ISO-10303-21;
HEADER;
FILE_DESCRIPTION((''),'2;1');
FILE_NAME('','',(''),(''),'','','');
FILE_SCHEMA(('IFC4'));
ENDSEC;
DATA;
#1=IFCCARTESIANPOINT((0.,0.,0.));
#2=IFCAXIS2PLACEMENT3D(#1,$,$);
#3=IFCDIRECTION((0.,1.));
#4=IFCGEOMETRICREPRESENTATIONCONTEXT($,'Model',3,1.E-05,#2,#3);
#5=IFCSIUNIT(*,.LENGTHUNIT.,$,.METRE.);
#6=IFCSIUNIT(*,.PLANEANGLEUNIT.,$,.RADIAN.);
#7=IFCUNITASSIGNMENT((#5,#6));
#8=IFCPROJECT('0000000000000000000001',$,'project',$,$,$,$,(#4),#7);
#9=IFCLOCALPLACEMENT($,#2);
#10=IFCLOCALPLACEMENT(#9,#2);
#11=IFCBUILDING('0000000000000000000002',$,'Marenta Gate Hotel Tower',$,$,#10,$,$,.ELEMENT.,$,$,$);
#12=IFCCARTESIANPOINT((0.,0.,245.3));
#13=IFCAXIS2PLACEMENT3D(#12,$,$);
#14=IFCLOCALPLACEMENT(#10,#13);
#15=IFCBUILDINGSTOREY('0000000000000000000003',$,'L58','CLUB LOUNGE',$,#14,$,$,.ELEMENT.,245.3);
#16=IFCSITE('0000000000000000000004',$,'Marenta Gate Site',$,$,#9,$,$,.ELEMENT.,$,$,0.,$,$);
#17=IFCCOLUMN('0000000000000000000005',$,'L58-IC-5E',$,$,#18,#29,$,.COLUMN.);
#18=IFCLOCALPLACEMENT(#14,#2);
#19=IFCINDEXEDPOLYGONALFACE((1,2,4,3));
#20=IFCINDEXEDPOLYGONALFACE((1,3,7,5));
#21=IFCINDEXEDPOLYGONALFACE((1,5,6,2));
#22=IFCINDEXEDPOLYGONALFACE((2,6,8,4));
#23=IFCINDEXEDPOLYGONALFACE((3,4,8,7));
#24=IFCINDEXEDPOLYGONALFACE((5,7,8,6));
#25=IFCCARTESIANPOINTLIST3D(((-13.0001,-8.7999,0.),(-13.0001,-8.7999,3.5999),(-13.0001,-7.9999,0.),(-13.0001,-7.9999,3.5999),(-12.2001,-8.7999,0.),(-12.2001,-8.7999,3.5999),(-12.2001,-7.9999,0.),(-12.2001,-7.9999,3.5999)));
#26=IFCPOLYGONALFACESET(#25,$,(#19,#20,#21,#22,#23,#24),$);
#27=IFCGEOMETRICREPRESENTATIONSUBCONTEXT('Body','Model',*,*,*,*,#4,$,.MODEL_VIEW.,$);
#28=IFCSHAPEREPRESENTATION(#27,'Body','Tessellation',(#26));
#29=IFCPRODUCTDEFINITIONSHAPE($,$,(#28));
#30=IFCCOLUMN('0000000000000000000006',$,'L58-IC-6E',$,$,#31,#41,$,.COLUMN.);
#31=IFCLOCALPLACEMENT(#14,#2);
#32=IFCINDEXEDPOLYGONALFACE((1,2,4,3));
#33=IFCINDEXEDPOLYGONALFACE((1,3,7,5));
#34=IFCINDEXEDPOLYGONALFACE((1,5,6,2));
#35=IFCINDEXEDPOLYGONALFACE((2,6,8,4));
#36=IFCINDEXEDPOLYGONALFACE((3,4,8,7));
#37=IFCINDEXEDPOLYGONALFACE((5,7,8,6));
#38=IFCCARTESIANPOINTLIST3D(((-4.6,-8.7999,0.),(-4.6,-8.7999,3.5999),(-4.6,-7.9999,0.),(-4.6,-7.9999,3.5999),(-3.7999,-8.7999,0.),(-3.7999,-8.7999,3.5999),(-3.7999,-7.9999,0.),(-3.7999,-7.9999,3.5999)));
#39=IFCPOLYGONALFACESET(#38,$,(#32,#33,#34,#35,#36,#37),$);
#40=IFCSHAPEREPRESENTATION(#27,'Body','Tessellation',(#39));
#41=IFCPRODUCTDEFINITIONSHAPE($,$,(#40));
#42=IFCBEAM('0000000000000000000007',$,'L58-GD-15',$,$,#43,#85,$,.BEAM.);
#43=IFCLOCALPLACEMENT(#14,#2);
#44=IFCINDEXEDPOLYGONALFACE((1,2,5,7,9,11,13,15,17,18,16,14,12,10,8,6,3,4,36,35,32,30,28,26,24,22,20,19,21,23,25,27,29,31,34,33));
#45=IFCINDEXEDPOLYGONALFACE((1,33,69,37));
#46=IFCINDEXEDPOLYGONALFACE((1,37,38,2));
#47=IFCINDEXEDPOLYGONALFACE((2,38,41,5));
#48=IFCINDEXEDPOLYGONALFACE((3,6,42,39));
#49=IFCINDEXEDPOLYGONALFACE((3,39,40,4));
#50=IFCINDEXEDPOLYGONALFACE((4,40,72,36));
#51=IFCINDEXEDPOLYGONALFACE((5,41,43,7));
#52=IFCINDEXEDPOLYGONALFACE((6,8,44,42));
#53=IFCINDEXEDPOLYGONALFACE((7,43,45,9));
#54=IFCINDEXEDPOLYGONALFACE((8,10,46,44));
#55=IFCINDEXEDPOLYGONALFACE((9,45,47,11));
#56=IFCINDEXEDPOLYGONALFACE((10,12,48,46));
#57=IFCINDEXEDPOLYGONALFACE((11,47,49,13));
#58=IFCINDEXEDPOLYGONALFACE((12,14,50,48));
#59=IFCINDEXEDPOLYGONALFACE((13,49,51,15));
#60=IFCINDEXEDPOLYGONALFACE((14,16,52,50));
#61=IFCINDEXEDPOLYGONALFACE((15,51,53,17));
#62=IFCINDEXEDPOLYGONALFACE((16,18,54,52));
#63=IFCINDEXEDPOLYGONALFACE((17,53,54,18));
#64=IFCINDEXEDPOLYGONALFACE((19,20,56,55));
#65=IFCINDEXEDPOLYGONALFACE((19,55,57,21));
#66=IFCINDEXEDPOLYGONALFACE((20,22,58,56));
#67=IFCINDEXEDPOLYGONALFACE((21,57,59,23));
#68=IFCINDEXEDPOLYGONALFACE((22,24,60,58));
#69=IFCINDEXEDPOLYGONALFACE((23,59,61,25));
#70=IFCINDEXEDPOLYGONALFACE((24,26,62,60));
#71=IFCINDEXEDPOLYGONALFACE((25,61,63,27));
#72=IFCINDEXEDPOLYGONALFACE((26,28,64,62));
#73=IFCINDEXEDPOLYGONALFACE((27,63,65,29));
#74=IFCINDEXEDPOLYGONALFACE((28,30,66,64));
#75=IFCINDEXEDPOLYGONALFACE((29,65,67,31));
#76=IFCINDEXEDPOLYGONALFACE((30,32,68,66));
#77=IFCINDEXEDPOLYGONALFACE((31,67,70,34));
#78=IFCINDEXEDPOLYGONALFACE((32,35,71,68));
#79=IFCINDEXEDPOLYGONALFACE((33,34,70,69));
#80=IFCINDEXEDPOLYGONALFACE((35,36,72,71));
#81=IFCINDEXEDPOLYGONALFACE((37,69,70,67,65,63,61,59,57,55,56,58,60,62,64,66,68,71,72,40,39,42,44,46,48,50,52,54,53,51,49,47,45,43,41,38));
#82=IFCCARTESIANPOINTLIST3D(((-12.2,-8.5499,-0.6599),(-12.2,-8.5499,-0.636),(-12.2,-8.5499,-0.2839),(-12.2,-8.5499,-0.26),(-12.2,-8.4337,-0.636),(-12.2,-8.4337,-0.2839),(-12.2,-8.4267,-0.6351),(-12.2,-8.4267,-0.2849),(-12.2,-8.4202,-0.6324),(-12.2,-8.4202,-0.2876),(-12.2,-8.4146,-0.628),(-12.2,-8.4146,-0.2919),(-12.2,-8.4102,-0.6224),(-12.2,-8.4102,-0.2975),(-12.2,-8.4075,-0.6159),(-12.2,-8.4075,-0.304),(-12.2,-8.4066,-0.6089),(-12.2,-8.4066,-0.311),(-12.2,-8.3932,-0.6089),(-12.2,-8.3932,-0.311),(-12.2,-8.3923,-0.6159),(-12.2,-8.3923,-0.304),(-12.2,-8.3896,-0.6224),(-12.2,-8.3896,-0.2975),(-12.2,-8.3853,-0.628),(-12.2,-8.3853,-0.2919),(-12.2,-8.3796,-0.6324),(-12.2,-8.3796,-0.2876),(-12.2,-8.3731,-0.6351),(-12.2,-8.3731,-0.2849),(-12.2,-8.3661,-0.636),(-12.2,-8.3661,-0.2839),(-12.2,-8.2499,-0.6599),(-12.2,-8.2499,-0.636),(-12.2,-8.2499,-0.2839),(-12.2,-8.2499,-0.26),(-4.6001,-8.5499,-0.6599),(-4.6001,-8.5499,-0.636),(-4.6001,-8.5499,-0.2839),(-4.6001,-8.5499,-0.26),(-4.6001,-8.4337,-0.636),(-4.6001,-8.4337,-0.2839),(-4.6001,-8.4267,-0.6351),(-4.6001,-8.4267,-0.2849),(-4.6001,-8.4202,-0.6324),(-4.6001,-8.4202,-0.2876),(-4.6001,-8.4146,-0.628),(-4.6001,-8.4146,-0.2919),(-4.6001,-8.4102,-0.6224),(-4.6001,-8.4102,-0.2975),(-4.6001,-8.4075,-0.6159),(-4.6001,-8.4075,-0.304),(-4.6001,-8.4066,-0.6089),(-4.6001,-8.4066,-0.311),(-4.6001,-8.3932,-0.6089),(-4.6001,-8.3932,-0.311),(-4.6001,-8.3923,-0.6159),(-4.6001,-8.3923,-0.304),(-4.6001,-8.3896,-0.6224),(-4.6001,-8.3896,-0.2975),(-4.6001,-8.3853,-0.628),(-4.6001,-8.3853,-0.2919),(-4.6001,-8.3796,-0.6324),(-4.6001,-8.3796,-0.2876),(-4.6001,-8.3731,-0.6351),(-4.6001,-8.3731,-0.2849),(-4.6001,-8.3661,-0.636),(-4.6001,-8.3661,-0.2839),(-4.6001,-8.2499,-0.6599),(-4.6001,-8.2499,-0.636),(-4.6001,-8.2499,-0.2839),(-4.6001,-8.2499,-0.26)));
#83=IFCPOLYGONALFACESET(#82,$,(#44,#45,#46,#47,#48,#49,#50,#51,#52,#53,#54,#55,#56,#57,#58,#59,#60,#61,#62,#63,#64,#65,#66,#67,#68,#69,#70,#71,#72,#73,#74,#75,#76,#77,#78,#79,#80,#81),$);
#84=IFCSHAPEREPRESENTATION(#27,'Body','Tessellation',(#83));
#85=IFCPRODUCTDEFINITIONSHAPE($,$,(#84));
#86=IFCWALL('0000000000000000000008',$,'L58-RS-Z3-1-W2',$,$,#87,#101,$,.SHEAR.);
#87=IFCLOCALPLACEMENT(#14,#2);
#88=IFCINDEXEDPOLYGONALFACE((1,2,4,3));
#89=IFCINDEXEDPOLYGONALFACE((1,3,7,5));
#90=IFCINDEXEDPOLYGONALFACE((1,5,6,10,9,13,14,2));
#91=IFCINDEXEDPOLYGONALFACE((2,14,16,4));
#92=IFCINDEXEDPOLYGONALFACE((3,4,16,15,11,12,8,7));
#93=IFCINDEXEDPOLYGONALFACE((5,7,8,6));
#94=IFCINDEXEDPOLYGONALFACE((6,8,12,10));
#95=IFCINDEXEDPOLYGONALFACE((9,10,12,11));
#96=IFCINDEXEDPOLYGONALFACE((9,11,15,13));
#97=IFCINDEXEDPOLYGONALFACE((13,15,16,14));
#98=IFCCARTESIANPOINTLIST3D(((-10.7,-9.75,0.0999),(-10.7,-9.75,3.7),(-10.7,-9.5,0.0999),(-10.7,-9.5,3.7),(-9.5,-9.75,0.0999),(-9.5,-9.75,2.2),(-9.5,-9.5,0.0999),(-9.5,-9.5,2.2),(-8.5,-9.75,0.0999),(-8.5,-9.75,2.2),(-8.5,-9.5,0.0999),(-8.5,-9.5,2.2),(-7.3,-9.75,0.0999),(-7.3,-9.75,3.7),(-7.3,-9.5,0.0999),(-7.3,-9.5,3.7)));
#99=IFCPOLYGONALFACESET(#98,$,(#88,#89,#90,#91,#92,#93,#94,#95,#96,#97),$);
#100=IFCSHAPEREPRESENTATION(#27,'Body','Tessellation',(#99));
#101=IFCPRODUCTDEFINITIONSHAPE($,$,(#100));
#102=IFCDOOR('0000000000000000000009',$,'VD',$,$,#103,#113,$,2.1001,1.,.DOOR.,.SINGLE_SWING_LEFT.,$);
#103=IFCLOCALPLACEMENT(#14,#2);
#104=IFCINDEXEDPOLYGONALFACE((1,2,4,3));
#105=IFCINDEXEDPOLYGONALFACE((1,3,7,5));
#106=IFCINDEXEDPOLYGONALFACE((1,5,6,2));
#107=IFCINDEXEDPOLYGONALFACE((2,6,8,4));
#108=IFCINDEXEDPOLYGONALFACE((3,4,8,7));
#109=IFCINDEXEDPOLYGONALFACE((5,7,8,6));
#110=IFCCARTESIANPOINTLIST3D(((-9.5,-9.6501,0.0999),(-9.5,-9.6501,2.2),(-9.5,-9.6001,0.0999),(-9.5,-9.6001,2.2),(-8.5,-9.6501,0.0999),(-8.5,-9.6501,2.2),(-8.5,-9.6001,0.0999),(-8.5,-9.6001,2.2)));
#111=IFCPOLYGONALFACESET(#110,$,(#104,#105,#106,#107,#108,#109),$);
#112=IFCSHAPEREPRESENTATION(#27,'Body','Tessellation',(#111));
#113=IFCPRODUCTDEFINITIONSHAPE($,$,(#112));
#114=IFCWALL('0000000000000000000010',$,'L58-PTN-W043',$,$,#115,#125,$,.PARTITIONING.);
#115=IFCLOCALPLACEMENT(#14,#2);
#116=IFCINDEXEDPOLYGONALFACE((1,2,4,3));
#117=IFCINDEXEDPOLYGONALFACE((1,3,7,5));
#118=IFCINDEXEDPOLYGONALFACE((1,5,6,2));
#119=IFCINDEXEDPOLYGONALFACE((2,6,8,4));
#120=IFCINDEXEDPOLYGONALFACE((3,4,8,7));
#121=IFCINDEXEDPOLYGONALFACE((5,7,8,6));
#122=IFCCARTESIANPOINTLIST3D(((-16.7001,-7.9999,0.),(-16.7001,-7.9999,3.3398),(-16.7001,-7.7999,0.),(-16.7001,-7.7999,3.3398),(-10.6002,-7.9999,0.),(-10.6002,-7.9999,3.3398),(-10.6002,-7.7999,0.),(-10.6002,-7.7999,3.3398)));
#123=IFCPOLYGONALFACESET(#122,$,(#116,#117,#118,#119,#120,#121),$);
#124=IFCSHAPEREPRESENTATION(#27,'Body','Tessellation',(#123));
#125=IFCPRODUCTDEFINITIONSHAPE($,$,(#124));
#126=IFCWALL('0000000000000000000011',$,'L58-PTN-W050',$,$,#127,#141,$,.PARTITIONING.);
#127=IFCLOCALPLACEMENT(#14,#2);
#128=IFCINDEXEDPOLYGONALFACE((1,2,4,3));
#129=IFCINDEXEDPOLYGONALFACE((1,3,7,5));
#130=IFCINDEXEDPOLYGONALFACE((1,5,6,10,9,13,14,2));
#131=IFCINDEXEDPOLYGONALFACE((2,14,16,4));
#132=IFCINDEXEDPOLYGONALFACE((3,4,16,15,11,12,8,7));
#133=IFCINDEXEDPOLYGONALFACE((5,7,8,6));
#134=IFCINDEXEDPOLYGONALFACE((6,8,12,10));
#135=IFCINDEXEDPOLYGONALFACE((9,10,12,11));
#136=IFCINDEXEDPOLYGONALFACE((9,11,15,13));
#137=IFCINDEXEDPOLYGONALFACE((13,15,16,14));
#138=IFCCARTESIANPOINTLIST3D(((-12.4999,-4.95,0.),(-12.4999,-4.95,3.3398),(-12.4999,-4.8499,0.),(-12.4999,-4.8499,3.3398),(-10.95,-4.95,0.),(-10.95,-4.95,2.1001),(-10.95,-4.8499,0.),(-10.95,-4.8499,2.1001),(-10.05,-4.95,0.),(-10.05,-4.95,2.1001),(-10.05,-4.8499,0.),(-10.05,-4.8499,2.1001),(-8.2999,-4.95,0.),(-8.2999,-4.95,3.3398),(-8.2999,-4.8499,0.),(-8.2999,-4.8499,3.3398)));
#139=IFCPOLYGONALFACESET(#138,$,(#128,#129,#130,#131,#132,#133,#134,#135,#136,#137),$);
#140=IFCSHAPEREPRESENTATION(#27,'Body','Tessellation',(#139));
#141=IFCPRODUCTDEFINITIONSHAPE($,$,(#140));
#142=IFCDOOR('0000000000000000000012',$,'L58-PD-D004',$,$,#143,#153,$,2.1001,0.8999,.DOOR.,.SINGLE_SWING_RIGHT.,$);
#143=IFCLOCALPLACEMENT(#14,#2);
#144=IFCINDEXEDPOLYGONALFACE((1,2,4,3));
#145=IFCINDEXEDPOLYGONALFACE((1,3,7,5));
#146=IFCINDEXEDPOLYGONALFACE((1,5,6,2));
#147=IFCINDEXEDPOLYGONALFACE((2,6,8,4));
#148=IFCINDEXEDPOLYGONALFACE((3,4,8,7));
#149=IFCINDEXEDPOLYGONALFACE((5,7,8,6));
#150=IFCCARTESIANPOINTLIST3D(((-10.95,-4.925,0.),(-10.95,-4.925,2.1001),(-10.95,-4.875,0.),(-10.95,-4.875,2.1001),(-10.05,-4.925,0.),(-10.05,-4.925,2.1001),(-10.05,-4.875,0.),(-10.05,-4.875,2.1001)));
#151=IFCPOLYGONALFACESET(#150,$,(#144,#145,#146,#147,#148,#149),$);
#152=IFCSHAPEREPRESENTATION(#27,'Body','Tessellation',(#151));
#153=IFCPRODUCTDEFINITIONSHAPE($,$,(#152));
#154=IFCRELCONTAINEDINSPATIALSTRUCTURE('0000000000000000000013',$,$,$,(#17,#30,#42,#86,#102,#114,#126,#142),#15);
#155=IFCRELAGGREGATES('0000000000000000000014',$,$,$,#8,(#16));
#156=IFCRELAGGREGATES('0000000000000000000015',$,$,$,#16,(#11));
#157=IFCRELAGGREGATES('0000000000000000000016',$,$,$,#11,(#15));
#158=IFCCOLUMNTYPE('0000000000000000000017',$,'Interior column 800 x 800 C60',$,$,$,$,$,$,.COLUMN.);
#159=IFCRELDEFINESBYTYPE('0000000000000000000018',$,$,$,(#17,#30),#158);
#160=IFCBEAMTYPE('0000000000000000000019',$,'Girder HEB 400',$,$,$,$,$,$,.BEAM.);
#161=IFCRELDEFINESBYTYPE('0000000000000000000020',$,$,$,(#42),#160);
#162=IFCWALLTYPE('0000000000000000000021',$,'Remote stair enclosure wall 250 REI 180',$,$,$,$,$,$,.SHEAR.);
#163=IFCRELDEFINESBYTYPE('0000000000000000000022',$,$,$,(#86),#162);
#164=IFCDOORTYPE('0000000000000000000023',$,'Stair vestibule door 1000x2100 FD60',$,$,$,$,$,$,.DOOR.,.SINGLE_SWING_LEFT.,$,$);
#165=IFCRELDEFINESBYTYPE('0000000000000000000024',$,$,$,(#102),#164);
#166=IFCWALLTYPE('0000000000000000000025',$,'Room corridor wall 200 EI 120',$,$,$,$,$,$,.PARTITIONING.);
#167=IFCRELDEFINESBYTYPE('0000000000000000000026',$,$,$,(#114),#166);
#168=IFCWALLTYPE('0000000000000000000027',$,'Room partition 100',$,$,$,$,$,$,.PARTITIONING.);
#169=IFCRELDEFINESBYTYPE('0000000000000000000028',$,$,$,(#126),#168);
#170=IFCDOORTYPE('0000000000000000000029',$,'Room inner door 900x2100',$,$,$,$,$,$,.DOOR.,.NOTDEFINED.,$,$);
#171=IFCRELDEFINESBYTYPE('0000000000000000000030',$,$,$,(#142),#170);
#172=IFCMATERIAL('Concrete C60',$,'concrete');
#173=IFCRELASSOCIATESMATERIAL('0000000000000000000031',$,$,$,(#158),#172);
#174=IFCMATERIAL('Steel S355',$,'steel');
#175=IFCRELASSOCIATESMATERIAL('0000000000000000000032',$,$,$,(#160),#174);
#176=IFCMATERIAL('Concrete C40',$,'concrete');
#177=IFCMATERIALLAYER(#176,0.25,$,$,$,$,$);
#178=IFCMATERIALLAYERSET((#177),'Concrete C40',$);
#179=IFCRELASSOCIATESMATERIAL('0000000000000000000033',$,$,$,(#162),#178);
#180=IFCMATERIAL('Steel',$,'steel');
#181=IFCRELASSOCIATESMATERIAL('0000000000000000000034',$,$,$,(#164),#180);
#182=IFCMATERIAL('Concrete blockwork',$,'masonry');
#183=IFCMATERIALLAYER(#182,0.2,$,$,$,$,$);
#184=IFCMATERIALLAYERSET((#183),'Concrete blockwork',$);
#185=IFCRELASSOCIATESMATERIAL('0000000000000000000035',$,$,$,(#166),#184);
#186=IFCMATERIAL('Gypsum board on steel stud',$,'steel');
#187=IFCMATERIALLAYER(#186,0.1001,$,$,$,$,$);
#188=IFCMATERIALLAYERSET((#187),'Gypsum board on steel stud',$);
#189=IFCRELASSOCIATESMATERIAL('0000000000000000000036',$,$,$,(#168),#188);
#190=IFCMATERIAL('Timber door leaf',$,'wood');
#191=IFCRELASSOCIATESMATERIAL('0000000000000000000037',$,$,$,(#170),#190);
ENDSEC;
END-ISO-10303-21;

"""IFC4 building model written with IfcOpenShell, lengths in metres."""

from ifc_helpers import new_model, si_unit, direction, frame, frame_2d, origin, origin_2d, place, context, subcontext, project, spatial, rectangle, i_section, extrude, material, layer, layer_set, material_profile, profile_set, type_object, element, fill, save


model = new_model("IFC4")

# Units and contexts
model_context = context("Model", 3, precision=1e-05, world=origin(), true_north=direction((0.0, 1.0)))
body_context = subcontext(model_context, "Body", "Model", "MODEL_VIEW")
ifc_project = project(units=[si_unit("LENGTHUNIT", "METRE"), si_unit("PLANEANGLEUNIT", "RADIAN")], contexts=[model_context])

# Site, building, storey
site_placement = place(None, origin())
site = spatial("IfcSite", under=ifc_project, at=site_placement, Name="Marenta Gate Site", CompositionType="ELEMENT", RefElevation=0.0)
building_placement = place(site_placement, origin())
building = spatial("IfcBuilding", under=site, at=building_placement, Name="Marenta Gate Hotel Tower", CompositionType="ELEMENT")
storey_placement = place(building_placement, frame((0.0, 0.0, 245.3)))
storey = spatial("IfcBuildingStorey", under=building, at=storey_placement, Name="L58", Description="CLUB LOUNGE", CompositionType="ELEMENT", Elevation=245.3)

# Columns
ifc_material_1 = material(Name="Concrete C60", Category="concrete")
ifc_material_profile_1 = material_profile(ifc_material_1, rectangle(XDim=0.8, YDim=0.8, at=origin_2d()), Name="800 x 800")
ifc_profile_set_1 = profile_set([ifc_material_profile_1], Name="Concrete C60")
column_type = type_object("IfcColumnType", Name="Interior column 800 x 800 C60", PredefinedType="COLUMN", material=ifc_profile_set_1)
for number, where, z_axis, x_axis, name in (
    (1, (-12.6001, -8.3999, 0.0), (0.0, 0.0, 1.0), (1.0, 0.0, 0.0), "L58-IC-5E"),
    (2, (-4.2, -8.3999, 0.0), (0.0, 0.0, 1.0), (1.0, 0.0, 0.0), "L58-IC-6E"),
):
    element("IfcColumn", number, at=place(storey_placement, frame(where, z_axis=z_axis, x_axis=x_axis)), inside=storey, type_object=column_type, Name=name, PredefinedType="COLUMN", context=body_context, shape_type="SweptSolid", body=[
        extrude(rectangle(XDim=0.8, YDim=0.8, at=origin_2d()), origin(), (0.0, 0.0, 1.0), 3.5999),
    ])

# Beam
ifc_material_2 = material(Name="Steel S355", Category="steel")
ifc_material_profile_2 = material_profile(ifc_material_2, i_section(OverallWidth=0.3, OverallDepth=0.3999, WebThickness=0.0134, FlangeThickness=0.0239, FilletRadius=0.0271, at=origin_2d()), Name="HEB 400")
ifc_profile_set_2 = profile_set([ifc_material_profile_2], Name="Steel S355")
beam_type = type_object("IfcBeamType", Name="Girder HEB 400", PredefinedType="BEAM", material=ifc_profile_set_2)
beam_placement = place(storey_placement, frame((-12.2, -8.3999, -0.46), z_axis=(1.0, 0.0, 0.0), x_axis=(0.0, 1.0, 0.0)))
element("IfcBeam", 3, at=beam_placement, inside=storey, type_object=beam_type, Name="L58-GD-15", PredefinedType="BEAM", context=body_context, shape_type="SweptSolid", body=[
    extrude(i_section(OverallWidth=0.3, OverallDepth=0.3999, WebThickness=0.0134, FlangeThickness=0.0239, FilletRadius=0.0271, at=origin_2d()), origin(), (0.0, 0.0, 1.0), 7.5999),
])

# Wall, opening, door
ifc_material_3 = material(Name="Concrete C40", Category="concrete")
ifc_layer_1 = layer(ifc_material_3, 0.25)
ifc_layer_set_1 = layer_set([ifc_layer_1], Name="Concrete C40")
wall_type_1 = type_object("IfcWallType", Name="Remote stair enclosure wall 250 REI 180", PredefinedType="SHEAR", material=ifc_layer_set_1)
wall_1_placement = place(storey_placement, frame((-10.7, -9.625, 0.0999), z_axis=(0.0, 0.0, 1.0), x_axis=(1.0, 0.0, 0.0)))
wall_1 = element("IfcWall", 4, at=wall_1_placement, inside=storey, type_object=wall_type_1, Name="L58-RS-Z3-1-W2", PredefinedType="SHEAR", context=body_context, shape_type="SweptSolid", body=[
    extrude(rectangle(XDim=3.3999, YDim=0.25, at=frame_2d((1.7, 0.0))), origin(), (0.0, 0.0, 1.0), 3.6001),
])
opening_1_placement = place(wall_1_placement, frame((1.2, 0.0, 0.0)))
opening_1 = element("IfcOpeningElement", 5, at=opening_1_placement, cuts=wall_1, PredefinedType="OPENING", context=body_context, shape_type="SweptSolid", body=[
    extrude(rectangle(XDim=1.0, YDim=2.1001, at=frame_2d((0.5, 1.05))), frame((0.0, 0.125, 0.0), z_axis=(0.0, -1.0, 0.0), x_axis=(1.0, 0.0, 0.0)), (0.0, 0.0, 1.0), 0.25),
])
ifc_material_4 = material(Name="Steel", Category="steel")
door_type_1 = type_object("IfcDoorType", Name="Stair vestibule door 1000x2100 FD60", OperationType="SINGLE_SWING_LEFT", PredefinedType="DOOR", material=ifc_material_4)
door_1_placement = place(opening_1_placement, origin())
door_1 = element("IfcDoor", 6, at=door_1_placement, inside=storey, type_object=door_type_1, Name="VD", OperationType="SINGLE_SWING_LEFT", OverallHeight=2.1001, OverallWidth=1.0, PredefinedType="DOOR", context=body_context, shape_type="SweptSolid", body=[
    extrude(rectangle(XDim=1.0, YDim=2.1001, at=frame_2d((0.5, 1.05))), frame((0.0, 0.0249, 0.0), z_axis=(0.0, -1.0, 0.0), x_axis=(1.0, 0.0, 0.0)), (0.0, 0.0, 1.0), 0.05),
])
fill(opening_1, door_1)

# Wall
ifc_material_5 = material(Name="Concrete blockwork", Category="masonry")
ifc_layer_2 = layer(ifc_material_5, 0.2)
ifc_layer_set_2 = layer_set([ifc_layer_2], Name="Concrete blockwork")
wall_type_2 = type_object("IfcWallType", Name="Room corridor wall 200 EI 120", PredefinedType="PARTITIONING", material=ifc_layer_set_2)
wall_2_placement = place(storey_placement, frame((-16.7, -7.8999, 0.0), z_axis=(0.0, 0.0, 1.0), x_axis=(1.0, 0.0, 0.0)))
element("IfcWall", 7, at=wall_2_placement, inside=storey, type_object=wall_type_2, Name="L58-PTN-W043", PredefinedType="PARTITIONING", context=body_context, shape_type="SweptSolid", body=[
    extrude(rectangle(XDim=6.0999, YDim=0.2, at=frame_2d((3.0498, 0.0))), origin(), (0.0, 0.0, 1.0), 3.3398),
])

# Wall, opening, door
ifc_material_6 = material(Name="Gypsum board on steel stud", Category="steel")
ifc_layer_3 = layer(ifc_material_6, 0.1001)
ifc_layer_set_3 = layer_set([ifc_layer_3], Name="Gypsum board on steel stud")
wall_type_3 = type_object("IfcWallType", Name="Room partition 100", PredefinedType="PARTITIONING", material=ifc_layer_set_3)
wall_3_placement = place(storey_placement, frame((-12.5, -4.8999, 0.0), z_axis=(0.0, 0.0, 1.0), x_axis=(1.0, 0.0, 0.0)))
wall_3 = element("IfcWall", 8, at=wall_3_placement, inside=storey, type_object=wall_type_3, Name="L58-PTN-W050", PredefinedType="PARTITIONING", context=body_context, shape_type="SweptSolid", body=[
    extrude(rectangle(XDim=4.2, YDim=0.1001, at=frame_2d((2.1001, 0.0))), origin(), (0.0, 0.0, 1.0), 3.3398),
])
opening_2_placement = place(wall_3_placement, frame((1.55, 0.0, 0.0)))
opening_2 = element("IfcOpeningElement", 9, at=opening_2_placement, cuts=wall_3, PredefinedType="OPENING", context=body_context, shape_type="SweptSolid", body=[
    extrude(rectangle(XDim=0.8999, YDim=2.1001, at=frame_2d((0.45, 1.05))), frame((0.0, 0.05, 0.0), z_axis=(0.0, -1.0, 0.0), x_axis=(1.0, 0.0, 0.0)), (0.0, 0.0, 1.0), 0.1001),
])
ifc_material_7 = material(Name="Timber door leaf", Category="wood")
door_type_2 = type_object("IfcDoorType", Name="Room inner door 900x2100", OperationType="NOTDEFINED", PredefinedType="DOOR", material=ifc_material_7)
door_2_placement = place(opening_2_placement, origin())
door_2 = element("IfcDoor", 10, at=door_2_placement, inside=storey, type_object=door_type_2, Name="L58-PD-D004", OperationType="SINGLE_SWING_RIGHT", OverallHeight=2.1001, OverallWidth=0.8999, PredefinedType="DOOR", context=body_context, shape_type="SweptSolid", body=[
    extrude(rectangle(XDim=0.8999, YDim=2.1001, at=frame_2d((0.45, 1.05))), frame((0.0, 0.0249, 0.0), z_axis=(0.0, -1.0, 0.0), x_axis=(1.0, 0.0, 0.0)), (0.0, 0.0, 1.0), 0.05),
])
fill(opening_2, door_2)

save(model, "model.ifc")
